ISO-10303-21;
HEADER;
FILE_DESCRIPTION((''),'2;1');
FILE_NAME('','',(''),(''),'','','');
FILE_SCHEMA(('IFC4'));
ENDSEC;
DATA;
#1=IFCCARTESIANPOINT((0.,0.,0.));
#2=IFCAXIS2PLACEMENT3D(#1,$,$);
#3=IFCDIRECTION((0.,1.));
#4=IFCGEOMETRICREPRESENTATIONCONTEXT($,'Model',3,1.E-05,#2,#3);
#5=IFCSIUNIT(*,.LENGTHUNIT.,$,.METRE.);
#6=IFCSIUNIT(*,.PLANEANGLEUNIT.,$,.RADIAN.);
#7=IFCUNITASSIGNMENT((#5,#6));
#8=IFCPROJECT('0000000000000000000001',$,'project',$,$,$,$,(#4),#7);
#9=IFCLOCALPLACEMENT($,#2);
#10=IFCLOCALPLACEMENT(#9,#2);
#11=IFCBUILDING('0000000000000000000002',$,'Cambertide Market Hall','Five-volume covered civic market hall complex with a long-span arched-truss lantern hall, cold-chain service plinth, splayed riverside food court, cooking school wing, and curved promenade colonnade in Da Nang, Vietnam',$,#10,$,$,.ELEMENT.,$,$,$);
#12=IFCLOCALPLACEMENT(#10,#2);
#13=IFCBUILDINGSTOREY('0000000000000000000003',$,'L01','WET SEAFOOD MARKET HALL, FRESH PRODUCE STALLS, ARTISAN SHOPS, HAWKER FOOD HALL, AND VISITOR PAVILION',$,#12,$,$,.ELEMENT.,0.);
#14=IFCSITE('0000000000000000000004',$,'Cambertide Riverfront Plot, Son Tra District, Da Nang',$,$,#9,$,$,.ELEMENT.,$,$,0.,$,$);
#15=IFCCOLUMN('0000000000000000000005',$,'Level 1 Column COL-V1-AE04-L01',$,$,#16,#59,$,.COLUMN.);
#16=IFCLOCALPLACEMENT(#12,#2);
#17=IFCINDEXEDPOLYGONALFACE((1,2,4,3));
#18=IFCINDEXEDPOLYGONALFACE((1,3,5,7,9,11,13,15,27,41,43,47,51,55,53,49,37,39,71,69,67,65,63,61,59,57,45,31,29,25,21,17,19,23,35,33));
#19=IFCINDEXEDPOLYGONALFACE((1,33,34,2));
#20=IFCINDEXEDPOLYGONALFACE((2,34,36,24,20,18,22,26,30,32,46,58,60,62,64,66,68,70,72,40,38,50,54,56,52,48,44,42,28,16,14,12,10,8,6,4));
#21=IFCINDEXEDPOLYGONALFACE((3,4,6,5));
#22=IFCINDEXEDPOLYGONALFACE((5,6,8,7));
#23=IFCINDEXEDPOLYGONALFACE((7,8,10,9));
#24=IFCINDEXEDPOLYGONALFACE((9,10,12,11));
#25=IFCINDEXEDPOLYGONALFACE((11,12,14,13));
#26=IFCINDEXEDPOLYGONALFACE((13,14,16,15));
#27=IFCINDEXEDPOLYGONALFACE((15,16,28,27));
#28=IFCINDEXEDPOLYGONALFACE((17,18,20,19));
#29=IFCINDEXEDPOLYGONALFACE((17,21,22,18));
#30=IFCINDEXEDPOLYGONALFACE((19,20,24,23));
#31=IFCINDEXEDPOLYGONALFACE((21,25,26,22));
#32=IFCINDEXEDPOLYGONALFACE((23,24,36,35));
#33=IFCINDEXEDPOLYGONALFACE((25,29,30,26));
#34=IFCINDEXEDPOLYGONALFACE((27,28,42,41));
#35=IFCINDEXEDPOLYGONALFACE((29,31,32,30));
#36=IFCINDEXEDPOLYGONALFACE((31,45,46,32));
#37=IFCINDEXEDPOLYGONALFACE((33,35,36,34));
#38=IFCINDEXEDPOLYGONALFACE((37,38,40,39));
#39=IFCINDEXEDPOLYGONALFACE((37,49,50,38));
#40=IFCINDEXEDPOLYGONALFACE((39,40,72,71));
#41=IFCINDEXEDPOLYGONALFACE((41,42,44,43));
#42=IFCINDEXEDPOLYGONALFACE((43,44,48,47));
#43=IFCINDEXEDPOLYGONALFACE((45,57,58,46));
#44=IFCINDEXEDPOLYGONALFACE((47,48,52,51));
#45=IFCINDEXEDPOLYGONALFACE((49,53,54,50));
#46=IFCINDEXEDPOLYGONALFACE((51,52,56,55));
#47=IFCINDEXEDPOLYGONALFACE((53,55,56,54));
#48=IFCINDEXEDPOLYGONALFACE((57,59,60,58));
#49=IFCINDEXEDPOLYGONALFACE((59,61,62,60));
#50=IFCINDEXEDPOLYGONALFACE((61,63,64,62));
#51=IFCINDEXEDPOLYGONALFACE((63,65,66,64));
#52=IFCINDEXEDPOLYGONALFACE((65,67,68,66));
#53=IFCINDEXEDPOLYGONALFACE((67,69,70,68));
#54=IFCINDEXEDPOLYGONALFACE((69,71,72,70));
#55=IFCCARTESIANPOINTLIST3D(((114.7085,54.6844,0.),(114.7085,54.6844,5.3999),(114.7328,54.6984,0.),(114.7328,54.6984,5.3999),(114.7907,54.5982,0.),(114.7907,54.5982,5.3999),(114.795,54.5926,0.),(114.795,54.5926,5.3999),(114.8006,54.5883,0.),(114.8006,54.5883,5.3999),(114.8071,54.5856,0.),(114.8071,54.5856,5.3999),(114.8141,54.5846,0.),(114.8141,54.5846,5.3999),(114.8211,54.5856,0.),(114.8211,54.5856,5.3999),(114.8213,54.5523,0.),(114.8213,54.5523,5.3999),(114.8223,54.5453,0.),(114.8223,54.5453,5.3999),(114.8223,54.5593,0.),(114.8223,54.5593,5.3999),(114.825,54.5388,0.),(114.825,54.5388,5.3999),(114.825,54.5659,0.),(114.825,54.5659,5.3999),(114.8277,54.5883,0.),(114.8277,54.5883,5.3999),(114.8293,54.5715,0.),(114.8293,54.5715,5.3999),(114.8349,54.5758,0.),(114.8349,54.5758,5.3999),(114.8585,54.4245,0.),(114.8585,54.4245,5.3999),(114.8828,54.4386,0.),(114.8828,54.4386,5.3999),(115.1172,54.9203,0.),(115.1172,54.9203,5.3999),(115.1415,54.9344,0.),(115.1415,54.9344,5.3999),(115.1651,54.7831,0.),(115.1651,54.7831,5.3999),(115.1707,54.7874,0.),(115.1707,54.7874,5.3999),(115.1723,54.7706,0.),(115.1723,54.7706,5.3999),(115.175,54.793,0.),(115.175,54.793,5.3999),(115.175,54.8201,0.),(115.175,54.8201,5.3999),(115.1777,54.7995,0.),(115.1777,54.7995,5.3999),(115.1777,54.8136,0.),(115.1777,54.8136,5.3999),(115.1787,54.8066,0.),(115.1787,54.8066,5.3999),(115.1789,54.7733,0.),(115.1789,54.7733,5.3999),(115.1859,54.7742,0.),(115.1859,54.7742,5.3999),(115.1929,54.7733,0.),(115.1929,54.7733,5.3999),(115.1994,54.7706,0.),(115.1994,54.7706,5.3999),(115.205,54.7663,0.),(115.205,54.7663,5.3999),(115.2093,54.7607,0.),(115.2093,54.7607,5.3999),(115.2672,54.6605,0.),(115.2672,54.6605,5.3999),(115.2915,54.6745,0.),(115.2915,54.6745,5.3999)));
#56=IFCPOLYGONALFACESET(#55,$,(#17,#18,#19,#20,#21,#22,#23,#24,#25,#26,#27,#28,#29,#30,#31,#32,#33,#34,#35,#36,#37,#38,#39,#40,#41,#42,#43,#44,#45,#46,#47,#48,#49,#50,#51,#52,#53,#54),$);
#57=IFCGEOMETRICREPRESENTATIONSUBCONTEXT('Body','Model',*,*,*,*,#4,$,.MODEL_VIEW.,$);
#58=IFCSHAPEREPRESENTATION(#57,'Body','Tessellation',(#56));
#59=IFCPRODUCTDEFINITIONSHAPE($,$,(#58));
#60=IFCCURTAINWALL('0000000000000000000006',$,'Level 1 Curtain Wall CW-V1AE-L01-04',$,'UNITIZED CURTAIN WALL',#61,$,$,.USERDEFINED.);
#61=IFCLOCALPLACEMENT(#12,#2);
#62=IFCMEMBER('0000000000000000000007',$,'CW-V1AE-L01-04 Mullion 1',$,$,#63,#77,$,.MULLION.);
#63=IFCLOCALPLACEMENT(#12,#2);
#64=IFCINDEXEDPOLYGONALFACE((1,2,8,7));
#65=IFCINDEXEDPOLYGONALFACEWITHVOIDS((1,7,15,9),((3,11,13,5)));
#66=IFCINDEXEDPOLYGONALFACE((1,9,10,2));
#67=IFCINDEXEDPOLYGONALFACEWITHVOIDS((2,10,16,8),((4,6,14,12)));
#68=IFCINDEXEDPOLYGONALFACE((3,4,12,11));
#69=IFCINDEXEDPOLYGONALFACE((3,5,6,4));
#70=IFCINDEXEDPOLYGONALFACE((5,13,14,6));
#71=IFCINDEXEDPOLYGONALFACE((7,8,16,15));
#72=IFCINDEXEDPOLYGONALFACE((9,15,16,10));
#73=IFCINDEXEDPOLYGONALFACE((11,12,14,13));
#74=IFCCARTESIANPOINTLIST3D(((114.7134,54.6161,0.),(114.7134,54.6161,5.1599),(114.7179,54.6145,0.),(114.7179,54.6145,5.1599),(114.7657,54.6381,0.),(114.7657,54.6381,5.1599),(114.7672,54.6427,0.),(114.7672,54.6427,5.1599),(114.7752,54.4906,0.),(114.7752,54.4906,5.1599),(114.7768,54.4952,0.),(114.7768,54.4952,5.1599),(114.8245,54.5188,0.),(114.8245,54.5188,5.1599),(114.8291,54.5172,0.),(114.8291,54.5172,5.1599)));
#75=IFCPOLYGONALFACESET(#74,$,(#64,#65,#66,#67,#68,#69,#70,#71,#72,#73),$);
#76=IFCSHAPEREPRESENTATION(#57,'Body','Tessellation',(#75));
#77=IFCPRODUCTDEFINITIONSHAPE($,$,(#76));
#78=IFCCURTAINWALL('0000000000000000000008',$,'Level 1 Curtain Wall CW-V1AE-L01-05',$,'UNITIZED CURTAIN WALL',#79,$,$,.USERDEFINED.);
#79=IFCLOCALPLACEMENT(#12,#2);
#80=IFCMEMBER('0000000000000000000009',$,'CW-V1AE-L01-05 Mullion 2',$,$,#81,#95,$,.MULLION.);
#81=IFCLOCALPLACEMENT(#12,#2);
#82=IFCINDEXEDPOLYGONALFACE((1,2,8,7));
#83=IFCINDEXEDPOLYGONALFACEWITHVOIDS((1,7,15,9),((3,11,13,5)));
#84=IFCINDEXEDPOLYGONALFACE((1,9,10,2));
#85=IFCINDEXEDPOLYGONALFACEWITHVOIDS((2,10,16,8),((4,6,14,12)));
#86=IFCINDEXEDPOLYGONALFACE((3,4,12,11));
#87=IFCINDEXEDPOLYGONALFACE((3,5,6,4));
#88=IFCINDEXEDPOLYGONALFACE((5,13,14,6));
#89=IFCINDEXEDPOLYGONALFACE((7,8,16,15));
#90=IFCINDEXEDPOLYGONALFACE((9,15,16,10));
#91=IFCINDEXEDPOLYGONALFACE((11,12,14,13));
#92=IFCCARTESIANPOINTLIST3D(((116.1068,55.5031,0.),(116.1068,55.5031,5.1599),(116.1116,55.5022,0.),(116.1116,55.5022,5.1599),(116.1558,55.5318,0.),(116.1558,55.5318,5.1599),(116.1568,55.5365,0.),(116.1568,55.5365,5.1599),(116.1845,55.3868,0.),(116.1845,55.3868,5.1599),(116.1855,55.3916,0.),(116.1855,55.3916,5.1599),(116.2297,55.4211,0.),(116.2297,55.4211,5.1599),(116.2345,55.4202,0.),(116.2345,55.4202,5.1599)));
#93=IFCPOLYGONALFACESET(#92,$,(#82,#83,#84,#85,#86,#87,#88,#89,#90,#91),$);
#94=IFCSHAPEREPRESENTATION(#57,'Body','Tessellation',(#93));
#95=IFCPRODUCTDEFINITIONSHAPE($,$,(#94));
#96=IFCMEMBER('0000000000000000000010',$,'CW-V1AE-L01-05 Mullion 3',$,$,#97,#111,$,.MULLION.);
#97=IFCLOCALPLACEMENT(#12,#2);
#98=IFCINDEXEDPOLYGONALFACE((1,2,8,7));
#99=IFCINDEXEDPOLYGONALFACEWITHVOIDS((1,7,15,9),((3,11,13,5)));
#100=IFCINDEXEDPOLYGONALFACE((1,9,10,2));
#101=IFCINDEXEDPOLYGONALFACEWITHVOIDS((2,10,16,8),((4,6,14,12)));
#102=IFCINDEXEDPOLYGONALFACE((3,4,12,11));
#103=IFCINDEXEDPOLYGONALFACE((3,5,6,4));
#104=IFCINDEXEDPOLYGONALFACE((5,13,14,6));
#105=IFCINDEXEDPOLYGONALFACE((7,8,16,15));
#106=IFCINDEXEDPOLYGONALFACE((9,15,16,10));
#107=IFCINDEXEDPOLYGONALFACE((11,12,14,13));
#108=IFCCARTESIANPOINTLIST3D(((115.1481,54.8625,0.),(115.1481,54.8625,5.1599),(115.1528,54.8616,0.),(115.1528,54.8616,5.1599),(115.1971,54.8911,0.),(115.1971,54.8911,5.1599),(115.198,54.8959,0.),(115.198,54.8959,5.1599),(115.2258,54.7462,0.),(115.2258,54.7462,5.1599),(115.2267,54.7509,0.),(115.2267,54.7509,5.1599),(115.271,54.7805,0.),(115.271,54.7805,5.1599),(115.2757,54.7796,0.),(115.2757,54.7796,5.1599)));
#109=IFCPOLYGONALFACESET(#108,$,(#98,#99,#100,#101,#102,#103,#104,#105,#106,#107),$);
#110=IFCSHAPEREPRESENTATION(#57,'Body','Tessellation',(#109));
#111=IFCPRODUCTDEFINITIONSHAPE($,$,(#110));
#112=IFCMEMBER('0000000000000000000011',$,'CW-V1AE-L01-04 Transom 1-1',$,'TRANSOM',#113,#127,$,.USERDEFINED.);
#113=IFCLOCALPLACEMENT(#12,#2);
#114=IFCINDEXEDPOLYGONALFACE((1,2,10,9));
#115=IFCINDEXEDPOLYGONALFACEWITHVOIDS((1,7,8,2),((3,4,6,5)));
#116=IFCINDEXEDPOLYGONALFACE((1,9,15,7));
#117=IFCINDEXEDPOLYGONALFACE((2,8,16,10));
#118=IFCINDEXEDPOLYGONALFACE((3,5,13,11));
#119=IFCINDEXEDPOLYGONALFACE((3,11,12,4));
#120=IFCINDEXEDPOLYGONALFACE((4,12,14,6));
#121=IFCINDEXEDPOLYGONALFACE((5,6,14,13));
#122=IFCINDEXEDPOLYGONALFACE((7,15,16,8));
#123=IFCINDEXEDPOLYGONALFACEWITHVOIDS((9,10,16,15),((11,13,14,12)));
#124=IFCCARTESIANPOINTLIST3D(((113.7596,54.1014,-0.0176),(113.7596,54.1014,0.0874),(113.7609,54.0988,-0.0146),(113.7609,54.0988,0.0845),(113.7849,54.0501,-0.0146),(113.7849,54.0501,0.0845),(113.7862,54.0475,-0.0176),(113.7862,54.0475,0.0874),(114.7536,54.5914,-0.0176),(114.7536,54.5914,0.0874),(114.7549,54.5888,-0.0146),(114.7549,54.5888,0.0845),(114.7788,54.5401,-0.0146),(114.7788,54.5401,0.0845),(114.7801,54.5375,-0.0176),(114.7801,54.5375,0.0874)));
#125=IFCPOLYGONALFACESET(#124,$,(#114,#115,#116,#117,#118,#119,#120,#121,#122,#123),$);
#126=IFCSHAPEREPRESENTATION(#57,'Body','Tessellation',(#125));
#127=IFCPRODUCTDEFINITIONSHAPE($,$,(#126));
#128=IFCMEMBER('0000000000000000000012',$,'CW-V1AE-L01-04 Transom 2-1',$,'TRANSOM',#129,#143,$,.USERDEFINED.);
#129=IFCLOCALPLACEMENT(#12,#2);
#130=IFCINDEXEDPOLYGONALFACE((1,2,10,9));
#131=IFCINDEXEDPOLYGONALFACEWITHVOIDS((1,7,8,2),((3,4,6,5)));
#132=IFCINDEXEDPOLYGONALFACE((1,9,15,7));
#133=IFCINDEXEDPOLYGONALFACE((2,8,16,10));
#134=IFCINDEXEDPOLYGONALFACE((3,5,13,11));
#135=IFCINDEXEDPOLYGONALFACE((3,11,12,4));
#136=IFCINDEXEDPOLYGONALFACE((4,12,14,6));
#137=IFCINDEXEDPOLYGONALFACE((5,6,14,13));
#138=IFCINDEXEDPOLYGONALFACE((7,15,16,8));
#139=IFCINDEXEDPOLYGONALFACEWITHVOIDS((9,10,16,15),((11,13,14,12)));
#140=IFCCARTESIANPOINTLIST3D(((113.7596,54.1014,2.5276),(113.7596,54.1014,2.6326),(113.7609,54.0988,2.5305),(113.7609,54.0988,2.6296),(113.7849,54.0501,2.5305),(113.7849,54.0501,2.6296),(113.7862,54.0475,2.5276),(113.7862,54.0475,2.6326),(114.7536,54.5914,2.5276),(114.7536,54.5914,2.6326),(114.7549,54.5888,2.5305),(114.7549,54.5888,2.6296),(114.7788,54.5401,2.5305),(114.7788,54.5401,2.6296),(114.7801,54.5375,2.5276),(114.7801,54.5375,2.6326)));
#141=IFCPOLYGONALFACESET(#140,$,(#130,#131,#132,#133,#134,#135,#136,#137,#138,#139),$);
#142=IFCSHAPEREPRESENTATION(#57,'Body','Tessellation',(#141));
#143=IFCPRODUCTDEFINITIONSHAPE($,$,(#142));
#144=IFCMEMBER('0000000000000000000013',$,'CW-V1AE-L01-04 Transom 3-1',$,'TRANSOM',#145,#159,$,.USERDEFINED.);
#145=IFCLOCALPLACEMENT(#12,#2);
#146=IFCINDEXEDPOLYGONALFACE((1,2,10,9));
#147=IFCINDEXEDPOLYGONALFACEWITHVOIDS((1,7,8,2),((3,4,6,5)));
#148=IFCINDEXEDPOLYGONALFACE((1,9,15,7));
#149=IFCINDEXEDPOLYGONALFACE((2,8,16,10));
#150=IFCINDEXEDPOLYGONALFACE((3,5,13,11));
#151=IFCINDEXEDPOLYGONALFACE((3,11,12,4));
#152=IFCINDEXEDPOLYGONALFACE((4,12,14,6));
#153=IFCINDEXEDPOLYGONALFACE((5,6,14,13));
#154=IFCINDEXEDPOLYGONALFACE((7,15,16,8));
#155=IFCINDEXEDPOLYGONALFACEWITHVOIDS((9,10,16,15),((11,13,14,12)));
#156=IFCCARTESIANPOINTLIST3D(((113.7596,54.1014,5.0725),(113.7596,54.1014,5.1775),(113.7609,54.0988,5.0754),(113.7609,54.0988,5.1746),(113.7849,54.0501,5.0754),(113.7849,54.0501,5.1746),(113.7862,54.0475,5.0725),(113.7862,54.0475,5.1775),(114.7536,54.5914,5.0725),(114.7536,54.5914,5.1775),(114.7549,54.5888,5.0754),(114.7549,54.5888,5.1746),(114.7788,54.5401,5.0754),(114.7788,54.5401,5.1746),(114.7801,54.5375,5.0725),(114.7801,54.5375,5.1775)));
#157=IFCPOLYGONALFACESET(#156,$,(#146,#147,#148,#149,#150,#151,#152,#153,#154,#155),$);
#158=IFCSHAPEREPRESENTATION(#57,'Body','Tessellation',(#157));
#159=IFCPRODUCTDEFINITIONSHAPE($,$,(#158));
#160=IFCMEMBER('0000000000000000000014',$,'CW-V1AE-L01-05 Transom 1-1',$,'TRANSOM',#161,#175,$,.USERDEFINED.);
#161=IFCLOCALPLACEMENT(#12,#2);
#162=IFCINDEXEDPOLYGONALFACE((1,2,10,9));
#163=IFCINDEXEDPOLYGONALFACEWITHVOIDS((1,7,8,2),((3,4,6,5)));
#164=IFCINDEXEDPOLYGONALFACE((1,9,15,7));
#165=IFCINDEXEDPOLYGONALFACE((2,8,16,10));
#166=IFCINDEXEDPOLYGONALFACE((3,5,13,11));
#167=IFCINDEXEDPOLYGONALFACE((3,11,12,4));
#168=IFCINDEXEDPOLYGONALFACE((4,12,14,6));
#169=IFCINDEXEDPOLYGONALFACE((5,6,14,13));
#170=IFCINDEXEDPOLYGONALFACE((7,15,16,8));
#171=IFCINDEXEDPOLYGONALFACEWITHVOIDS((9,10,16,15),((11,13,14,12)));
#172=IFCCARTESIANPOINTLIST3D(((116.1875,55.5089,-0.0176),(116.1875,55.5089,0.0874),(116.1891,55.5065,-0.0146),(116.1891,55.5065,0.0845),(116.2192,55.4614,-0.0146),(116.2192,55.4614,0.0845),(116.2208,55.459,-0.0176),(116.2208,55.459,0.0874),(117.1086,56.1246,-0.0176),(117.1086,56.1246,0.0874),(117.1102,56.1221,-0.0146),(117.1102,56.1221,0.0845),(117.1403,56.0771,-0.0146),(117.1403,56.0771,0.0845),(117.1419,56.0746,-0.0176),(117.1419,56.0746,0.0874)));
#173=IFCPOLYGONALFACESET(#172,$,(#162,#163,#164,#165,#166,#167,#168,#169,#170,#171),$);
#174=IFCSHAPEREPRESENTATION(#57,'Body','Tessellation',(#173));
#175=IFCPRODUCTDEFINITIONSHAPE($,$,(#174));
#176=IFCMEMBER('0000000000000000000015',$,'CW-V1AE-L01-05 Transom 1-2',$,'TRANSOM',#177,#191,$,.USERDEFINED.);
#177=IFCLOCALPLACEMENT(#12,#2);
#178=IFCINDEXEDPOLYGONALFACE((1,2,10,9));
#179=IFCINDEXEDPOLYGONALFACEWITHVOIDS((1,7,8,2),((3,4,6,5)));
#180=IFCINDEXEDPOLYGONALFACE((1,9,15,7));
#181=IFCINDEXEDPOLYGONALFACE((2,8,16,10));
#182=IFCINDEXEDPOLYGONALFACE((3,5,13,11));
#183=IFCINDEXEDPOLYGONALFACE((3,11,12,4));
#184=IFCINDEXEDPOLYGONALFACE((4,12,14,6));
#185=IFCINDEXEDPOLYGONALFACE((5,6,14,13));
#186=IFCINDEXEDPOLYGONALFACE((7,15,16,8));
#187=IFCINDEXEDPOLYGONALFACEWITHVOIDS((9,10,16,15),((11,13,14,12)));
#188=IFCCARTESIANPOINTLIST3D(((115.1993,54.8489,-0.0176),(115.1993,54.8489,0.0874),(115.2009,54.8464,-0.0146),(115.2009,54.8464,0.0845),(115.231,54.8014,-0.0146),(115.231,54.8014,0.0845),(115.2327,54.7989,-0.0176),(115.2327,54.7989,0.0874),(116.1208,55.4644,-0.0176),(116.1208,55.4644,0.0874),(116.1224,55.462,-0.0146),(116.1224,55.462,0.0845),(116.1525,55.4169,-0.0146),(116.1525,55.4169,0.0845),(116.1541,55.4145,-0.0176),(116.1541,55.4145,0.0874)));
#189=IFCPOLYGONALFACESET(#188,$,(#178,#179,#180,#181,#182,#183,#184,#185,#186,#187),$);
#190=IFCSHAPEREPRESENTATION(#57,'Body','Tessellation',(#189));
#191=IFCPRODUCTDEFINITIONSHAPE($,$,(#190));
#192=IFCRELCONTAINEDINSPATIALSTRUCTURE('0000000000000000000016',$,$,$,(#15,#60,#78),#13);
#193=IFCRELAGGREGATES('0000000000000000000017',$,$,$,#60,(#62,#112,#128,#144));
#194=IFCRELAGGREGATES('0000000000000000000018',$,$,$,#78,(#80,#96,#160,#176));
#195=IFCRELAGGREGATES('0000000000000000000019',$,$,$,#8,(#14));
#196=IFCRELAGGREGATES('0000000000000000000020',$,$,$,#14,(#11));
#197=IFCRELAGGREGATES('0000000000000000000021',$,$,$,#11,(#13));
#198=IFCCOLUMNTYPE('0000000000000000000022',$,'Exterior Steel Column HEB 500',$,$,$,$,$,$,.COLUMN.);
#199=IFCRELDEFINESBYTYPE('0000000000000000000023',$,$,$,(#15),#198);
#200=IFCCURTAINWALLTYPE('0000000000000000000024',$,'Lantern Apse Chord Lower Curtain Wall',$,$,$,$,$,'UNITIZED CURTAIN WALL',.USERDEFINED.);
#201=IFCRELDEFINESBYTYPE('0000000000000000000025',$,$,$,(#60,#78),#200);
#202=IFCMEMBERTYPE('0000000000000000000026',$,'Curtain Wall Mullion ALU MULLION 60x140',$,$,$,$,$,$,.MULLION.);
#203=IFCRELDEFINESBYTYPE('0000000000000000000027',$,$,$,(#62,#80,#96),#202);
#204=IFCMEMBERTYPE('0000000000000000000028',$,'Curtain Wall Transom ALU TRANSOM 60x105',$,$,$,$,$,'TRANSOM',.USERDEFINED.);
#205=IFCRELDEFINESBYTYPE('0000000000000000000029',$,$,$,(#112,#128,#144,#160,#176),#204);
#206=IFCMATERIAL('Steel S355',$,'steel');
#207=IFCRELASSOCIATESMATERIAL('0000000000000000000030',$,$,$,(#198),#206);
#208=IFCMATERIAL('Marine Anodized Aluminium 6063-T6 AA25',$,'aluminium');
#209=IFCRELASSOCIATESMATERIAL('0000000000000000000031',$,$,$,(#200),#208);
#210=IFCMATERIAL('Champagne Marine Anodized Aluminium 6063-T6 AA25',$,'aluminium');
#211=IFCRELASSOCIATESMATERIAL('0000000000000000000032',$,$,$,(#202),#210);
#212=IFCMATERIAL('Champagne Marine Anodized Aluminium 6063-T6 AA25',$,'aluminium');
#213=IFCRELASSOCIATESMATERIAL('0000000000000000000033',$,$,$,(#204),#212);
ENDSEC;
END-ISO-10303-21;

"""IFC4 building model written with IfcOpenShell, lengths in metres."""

from ifc_helpers import new_model, si_unit, direction, frame, origin, origin_2d, place, context, subcontext, project, spatial, hollow_rectangle, i_section, extrude, material, material_profile, profile_set, type_object, element, aggregate, save


model = new_model("IFC4")

# Units and contexts
model_context = context("Model", 3, precision=1e-05, world=origin(), true_north=direction((0.0, 1.0)))
body_context = subcontext(model_context, "Body", "Model", "MODEL_VIEW")
ifc_project = project(units=[si_unit("LENGTHUNIT", "METRE"), si_unit("PLANEANGLEUNIT", "RADIAN")], contexts=[model_context])

# Site, building, storey
site_placement = place(None, origin())
site = spatial("IfcSite", under=ifc_project, at=site_placement, Name="Cambertide Riverfront Plot, Son Tra District, Da Nang", CompositionType="ELEMENT", RefElevation=0.0)
building_placement = place(site_placement, origin())
building = spatial("IfcBuilding", under=site, at=building_placement, Name="Cambertide Market Hall", Description="Five-volume covered civic market hall complex with a long-span arched-truss lantern hall, cold-chain service plinth, splayed riverside food court, cooking school wing, and curved promenade colonnade in Da Nang, Vietnam", CompositionType="ELEMENT")
storey_placement = place(building_placement, origin())
storey = spatial("IfcBuildingStorey", under=building, at=storey_placement, Name="L01", Description="WET SEAFOOD MARKET HALL, FRESH PRODUCE STALLS, ARTISAN SHOPS, HAWKER FOOD HALL, AND VISITOR PAVILION", CompositionType="ELEMENT", Elevation=0.0)

# Column
ifc_material_1 = material(Name="Steel S355", Category="steel")
ifc_material_profile_1 = material_profile(ifc_material_1, i_section(OverallWidth=0.3, OverallDepth=0.5, WebThickness=0.0144, FlangeThickness=0.0281, FilletRadius=0.0271, at=origin_2d()), Name="HEB 500")
ifc_profile_set_1 = profile_set([ifc_material_profile_1], Name="Steel S355")
column_type = type_object("IfcColumnType", Name="Exterior Steel Column HEB 500", PredefinedType="COLUMN", material=ifc_profile_set_1)
column_placement = place(storey_placement, frame((115.0, 54.6794, 0.0), z_axis=(0.0, 0.0, 1.0), x_axis=(0.5, -0.866025, 0.0)))
element("IfcColumn", 1, at=column_placement, inside=storey, type_object=column_type, Name="Level 1 Column COL-V1-AE04-L01", PredefinedType="COLUMN", context=body_context, shape_type="SweptSolid", body=[
    extrude(i_section(OverallWidth=0.3, OverallDepth=0.5, WebThickness=0.0144, FlangeThickness=0.0281, FilletRadius=0.0271, at=origin_2d()), origin(), (0.0, 0.0, 1.0), 5.3999),
])

# Curtain wall, member
ifc_material_2 = material(Name="Marine Anodized Aluminium 6063-T6 AA25", Category="aluminium")
curtain_wall_type = type_object("IfcCurtainWallType", Name="Lantern Apse Chord Lower Curtain Wall", ElementType="UNITIZED CURTAIN WALL", PredefinedType="USERDEFINED", material=ifc_material_2)
curtain_wall_1_placement = place(storey_placement, origin())
curtain_wall_1 = element("IfcCurtainWall", 2, at=curtain_wall_1_placement, inside=storey, type_object=curtain_wall_type, Name="Level 1 Curtain Wall CW-V1AE-L01-04", ObjectType="UNITIZED CURTAIN WALL", PredefinedType="USERDEFINED")
ifc_material_3 = material(Name="Champagne Marine Anodized Aluminium 6063-T6 AA25", Category="aluminium")
ifc_material_profile_2 = material_profile(ifc_material_3, hollow_rectangle(XDim=0.0601, YDim=0.1399, WallThickness=0.0034, at=origin_2d()), Name="ALU MULLION 60x140")
ifc_profile_set_2 = profile_set([ifc_material_profile_2], Name="Champagne Marine Anodized Aluminium 6063-T6 AA25")
member_type_1 = type_object("IfcMemberType", Name="Curtain Wall Mullion ALU MULLION 60x140", PredefinedType="MULLION", material=ifc_profile_set_2)
member_1_placement = place(storey_placement, frame((114.7712, 54.5667, 0.0), z_axis=(0.0, 0.0, 1.0), x_axis=(-0.896873, -0.442289, 0.0)))
member_1 = element("IfcMember", 3, at=member_1_placement, type_object=member_type_1, Name="CW-V1AE-L01-04 Mullion 1", PredefinedType="MULLION", context=body_context, shape_type="SweptSolid", body=[
    extrude(hollow_rectangle(XDim=0.0601, YDim=0.1399, WallThickness=0.0034, at=origin_2d()), origin(), (0.0, 0.0, 1.0), 5.1599),
])

# Curtain wall, members
curtain_wall_2_placement = place(storey_placement, origin())
curtain_wall_2 = element("IfcCurtainWall", 4, at=curtain_wall_2_placement, inside=storey, type_object=curtain_wall_type, Name="Level 1 Curtain Wall CW-V1AE-L01-05", ObjectType="UNITIZED CURTAIN WALL", PredefinedType="USERDEFINED")
member_2_placement = place(storey_placement, frame((116.1707, 55.4617, 0.0), z_axis=(0.0, 0.0, 1.0), x_axis=(-0.83147, -0.55557, 0.0)))
member_2 = element("IfcMember", 5, at=member_2_placement, type_object=member_type_1, Name="CW-V1AE-L01-05 Mullion 2", PredefinedType="MULLION", context=body_context, shape_type="SweptSolid", body=[
    extrude(hollow_rectangle(XDim=0.0601, YDim=0.1399, WallThickness=0.0034, at=origin_2d()), origin(), (0.0, 0.0, 1.0), 5.1599),
])
member_3_placement = place(storey_placement, frame((115.2119, 54.821, 0.0), z_axis=(0.0, 0.0, 1.0), x_axis=(-0.83147, -0.55557, 0.0)))
member_3 = element("IfcMember", 6, at=member_3_placement, type_object=member_type_1, Name="CW-V1AE-L01-05 Mullion 3", PredefinedType="MULLION", context=body_context, shape_type="SweptSolid", body=[
    extrude(hollow_rectangle(XDim=0.0601, YDim=0.1399, WallThickness=0.0034, at=origin_2d()), origin(), (0.0, 0.0, 1.0), 5.1599),
])

# Members
ifc_material_4 = material(Name="Champagne Marine Anodized Aluminium 6063-T6 AA25", Category="aluminium")
ifc_material_profile_3 = material_profile(ifc_material_4, hollow_rectangle(XDim=0.0601, YDim=0.105, WallThickness=0.0029, at=origin_2d()), Name="ALU TRANSOM 60x105")
ifc_profile_set_3 = profile_set([ifc_material_profile_3], Name="Champagne Marine Anodized Aluminium 6063-T6 AA25")
member_type_2 = type_object("IfcMemberType", Name="Curtain Wall Transom ALU TRANSOM 60x105", ElementType="TRANSOM", PredefinedType="USERDEFINED", material=ifc_profile_set_3)
member_4_placement = place(storey_placement, frame((114.7668, 54.5645, 0.0349), z_axis=(-0.896925, -0.442183, 0.0), x_axis=(0.442183, -0.896925, 0.0)))
member_4 = element("IfcMember", 7, at=member_4_placement, type_object=member_type_2, Name="CW-V1AE-L01-04 Transom 1-1", ObjectType="TRANSOM", PredefinedType="USERDEFINED", context=body_context, shape_type="SweptSolid", body=[
    extrude(hollow_rectangle(XDim=0.0601, YDim=0.105, WallThickness=0.0029, at=origin_2d()), origin(), (0.0, 0.0, 1.0), 1.1082),
])
member_5_placement = place(storey_placement, frame((114.7668, 54.5645, 2.5801), z_axis=(-0.896925, -0.442183, 0.0), x_axis=(0.442183, -0.896925, 0.0)))
member_5 = element("IfcMember", 8, at=member_5_placement, type_object=member_type_2, Name="CW-V1AE-L01-04 Transom 2-1", ObjectType="TRANSOM", PredefinedType="USERDEFINED", context=body_context, shape_type="SweptSolid", body=[
    extrude(hollow_rectangle(XDim=0.0601, YDim=0.105, WallThickness=0.0029, at=origin_2d()), origin(), (0.0, 0.0, 1.0), 1.1082),
])
member_6_placement = place(storey_placement, frame((114.7668, 54.5645, 5.125), z_axis=(-0.896925, -0.442183, 0.0), x_axis=(0.442183, -0.896925, 0.0)))
member_6 = element("IfcMember", 9, at=member_6_placement, type_object=member_type_2, Name="CW-V1AE-L01-04 Transom 3-1", ObjectType="TRANSOM", PredefinedType="USERDEFINED", context=body_context, shape_type="SweptSolid", body=[
    extrude(hollow_rectangle(XDim=0.0601, YDim=0.105, WallThickness=0.0029, at=origin_2d()), origin(), (0.0, 0.0, 1.0), 1.1082),
])
member_7_placement = place(storey_placement, frame((117.1252, 56.0996, 0.0349), z_axis=(-0.831372, -0.555717, 0.0), x_axis=(0.555717, -0.831372, 0.0)))
member_7 = element("IfcMember", 10, at=member_7_placement, type_object=member_type_2, Name="CW-V1AE-L01-05 Transom 1-1", ObjectType="TRANSOM", PredefinedType="USERDEFINED", context=body_context, shape_type="SweptSolid", body=[
    extrude(hollow_rectangle(XDim=0.0601, YDim=0.105, WallThickness=0.0029, at=origin_2d()), origin(), (0.0, 0.0, 1.0), 1.1079),
])
member_8_placement = place(storey_placement, frame((116.1375, 55.4395, 0.0349), z_axis=(-0.831541, -0.555463, 0.0), x_axis=(0.555463, -0.831541, 0.0)))
member_8 = element("IfcMember", 11, at=member_8_placement, type_object=member_type_2, Name="CW-V1AE-L01-05 Transom 1-2", ObjectType="TRANSOM", PredefinedType="USERDEFINED", context=body_context, shape_type="SweptSolid", body=[
    extrude(hollow_rectangle(XDim=0.0601, YDim=0.105, WallThickness=0.0029, at=origin_2d()), origin(), (0.0, 0.0, 1.0), 1.1082),
])

aggregate(curtain_wall_1, [member_1, member_4, member_5, member_6])
aggregate(curtain_wall_2, [member_2, member_3, member_7, member_8])

save(model, "model.ifc")
